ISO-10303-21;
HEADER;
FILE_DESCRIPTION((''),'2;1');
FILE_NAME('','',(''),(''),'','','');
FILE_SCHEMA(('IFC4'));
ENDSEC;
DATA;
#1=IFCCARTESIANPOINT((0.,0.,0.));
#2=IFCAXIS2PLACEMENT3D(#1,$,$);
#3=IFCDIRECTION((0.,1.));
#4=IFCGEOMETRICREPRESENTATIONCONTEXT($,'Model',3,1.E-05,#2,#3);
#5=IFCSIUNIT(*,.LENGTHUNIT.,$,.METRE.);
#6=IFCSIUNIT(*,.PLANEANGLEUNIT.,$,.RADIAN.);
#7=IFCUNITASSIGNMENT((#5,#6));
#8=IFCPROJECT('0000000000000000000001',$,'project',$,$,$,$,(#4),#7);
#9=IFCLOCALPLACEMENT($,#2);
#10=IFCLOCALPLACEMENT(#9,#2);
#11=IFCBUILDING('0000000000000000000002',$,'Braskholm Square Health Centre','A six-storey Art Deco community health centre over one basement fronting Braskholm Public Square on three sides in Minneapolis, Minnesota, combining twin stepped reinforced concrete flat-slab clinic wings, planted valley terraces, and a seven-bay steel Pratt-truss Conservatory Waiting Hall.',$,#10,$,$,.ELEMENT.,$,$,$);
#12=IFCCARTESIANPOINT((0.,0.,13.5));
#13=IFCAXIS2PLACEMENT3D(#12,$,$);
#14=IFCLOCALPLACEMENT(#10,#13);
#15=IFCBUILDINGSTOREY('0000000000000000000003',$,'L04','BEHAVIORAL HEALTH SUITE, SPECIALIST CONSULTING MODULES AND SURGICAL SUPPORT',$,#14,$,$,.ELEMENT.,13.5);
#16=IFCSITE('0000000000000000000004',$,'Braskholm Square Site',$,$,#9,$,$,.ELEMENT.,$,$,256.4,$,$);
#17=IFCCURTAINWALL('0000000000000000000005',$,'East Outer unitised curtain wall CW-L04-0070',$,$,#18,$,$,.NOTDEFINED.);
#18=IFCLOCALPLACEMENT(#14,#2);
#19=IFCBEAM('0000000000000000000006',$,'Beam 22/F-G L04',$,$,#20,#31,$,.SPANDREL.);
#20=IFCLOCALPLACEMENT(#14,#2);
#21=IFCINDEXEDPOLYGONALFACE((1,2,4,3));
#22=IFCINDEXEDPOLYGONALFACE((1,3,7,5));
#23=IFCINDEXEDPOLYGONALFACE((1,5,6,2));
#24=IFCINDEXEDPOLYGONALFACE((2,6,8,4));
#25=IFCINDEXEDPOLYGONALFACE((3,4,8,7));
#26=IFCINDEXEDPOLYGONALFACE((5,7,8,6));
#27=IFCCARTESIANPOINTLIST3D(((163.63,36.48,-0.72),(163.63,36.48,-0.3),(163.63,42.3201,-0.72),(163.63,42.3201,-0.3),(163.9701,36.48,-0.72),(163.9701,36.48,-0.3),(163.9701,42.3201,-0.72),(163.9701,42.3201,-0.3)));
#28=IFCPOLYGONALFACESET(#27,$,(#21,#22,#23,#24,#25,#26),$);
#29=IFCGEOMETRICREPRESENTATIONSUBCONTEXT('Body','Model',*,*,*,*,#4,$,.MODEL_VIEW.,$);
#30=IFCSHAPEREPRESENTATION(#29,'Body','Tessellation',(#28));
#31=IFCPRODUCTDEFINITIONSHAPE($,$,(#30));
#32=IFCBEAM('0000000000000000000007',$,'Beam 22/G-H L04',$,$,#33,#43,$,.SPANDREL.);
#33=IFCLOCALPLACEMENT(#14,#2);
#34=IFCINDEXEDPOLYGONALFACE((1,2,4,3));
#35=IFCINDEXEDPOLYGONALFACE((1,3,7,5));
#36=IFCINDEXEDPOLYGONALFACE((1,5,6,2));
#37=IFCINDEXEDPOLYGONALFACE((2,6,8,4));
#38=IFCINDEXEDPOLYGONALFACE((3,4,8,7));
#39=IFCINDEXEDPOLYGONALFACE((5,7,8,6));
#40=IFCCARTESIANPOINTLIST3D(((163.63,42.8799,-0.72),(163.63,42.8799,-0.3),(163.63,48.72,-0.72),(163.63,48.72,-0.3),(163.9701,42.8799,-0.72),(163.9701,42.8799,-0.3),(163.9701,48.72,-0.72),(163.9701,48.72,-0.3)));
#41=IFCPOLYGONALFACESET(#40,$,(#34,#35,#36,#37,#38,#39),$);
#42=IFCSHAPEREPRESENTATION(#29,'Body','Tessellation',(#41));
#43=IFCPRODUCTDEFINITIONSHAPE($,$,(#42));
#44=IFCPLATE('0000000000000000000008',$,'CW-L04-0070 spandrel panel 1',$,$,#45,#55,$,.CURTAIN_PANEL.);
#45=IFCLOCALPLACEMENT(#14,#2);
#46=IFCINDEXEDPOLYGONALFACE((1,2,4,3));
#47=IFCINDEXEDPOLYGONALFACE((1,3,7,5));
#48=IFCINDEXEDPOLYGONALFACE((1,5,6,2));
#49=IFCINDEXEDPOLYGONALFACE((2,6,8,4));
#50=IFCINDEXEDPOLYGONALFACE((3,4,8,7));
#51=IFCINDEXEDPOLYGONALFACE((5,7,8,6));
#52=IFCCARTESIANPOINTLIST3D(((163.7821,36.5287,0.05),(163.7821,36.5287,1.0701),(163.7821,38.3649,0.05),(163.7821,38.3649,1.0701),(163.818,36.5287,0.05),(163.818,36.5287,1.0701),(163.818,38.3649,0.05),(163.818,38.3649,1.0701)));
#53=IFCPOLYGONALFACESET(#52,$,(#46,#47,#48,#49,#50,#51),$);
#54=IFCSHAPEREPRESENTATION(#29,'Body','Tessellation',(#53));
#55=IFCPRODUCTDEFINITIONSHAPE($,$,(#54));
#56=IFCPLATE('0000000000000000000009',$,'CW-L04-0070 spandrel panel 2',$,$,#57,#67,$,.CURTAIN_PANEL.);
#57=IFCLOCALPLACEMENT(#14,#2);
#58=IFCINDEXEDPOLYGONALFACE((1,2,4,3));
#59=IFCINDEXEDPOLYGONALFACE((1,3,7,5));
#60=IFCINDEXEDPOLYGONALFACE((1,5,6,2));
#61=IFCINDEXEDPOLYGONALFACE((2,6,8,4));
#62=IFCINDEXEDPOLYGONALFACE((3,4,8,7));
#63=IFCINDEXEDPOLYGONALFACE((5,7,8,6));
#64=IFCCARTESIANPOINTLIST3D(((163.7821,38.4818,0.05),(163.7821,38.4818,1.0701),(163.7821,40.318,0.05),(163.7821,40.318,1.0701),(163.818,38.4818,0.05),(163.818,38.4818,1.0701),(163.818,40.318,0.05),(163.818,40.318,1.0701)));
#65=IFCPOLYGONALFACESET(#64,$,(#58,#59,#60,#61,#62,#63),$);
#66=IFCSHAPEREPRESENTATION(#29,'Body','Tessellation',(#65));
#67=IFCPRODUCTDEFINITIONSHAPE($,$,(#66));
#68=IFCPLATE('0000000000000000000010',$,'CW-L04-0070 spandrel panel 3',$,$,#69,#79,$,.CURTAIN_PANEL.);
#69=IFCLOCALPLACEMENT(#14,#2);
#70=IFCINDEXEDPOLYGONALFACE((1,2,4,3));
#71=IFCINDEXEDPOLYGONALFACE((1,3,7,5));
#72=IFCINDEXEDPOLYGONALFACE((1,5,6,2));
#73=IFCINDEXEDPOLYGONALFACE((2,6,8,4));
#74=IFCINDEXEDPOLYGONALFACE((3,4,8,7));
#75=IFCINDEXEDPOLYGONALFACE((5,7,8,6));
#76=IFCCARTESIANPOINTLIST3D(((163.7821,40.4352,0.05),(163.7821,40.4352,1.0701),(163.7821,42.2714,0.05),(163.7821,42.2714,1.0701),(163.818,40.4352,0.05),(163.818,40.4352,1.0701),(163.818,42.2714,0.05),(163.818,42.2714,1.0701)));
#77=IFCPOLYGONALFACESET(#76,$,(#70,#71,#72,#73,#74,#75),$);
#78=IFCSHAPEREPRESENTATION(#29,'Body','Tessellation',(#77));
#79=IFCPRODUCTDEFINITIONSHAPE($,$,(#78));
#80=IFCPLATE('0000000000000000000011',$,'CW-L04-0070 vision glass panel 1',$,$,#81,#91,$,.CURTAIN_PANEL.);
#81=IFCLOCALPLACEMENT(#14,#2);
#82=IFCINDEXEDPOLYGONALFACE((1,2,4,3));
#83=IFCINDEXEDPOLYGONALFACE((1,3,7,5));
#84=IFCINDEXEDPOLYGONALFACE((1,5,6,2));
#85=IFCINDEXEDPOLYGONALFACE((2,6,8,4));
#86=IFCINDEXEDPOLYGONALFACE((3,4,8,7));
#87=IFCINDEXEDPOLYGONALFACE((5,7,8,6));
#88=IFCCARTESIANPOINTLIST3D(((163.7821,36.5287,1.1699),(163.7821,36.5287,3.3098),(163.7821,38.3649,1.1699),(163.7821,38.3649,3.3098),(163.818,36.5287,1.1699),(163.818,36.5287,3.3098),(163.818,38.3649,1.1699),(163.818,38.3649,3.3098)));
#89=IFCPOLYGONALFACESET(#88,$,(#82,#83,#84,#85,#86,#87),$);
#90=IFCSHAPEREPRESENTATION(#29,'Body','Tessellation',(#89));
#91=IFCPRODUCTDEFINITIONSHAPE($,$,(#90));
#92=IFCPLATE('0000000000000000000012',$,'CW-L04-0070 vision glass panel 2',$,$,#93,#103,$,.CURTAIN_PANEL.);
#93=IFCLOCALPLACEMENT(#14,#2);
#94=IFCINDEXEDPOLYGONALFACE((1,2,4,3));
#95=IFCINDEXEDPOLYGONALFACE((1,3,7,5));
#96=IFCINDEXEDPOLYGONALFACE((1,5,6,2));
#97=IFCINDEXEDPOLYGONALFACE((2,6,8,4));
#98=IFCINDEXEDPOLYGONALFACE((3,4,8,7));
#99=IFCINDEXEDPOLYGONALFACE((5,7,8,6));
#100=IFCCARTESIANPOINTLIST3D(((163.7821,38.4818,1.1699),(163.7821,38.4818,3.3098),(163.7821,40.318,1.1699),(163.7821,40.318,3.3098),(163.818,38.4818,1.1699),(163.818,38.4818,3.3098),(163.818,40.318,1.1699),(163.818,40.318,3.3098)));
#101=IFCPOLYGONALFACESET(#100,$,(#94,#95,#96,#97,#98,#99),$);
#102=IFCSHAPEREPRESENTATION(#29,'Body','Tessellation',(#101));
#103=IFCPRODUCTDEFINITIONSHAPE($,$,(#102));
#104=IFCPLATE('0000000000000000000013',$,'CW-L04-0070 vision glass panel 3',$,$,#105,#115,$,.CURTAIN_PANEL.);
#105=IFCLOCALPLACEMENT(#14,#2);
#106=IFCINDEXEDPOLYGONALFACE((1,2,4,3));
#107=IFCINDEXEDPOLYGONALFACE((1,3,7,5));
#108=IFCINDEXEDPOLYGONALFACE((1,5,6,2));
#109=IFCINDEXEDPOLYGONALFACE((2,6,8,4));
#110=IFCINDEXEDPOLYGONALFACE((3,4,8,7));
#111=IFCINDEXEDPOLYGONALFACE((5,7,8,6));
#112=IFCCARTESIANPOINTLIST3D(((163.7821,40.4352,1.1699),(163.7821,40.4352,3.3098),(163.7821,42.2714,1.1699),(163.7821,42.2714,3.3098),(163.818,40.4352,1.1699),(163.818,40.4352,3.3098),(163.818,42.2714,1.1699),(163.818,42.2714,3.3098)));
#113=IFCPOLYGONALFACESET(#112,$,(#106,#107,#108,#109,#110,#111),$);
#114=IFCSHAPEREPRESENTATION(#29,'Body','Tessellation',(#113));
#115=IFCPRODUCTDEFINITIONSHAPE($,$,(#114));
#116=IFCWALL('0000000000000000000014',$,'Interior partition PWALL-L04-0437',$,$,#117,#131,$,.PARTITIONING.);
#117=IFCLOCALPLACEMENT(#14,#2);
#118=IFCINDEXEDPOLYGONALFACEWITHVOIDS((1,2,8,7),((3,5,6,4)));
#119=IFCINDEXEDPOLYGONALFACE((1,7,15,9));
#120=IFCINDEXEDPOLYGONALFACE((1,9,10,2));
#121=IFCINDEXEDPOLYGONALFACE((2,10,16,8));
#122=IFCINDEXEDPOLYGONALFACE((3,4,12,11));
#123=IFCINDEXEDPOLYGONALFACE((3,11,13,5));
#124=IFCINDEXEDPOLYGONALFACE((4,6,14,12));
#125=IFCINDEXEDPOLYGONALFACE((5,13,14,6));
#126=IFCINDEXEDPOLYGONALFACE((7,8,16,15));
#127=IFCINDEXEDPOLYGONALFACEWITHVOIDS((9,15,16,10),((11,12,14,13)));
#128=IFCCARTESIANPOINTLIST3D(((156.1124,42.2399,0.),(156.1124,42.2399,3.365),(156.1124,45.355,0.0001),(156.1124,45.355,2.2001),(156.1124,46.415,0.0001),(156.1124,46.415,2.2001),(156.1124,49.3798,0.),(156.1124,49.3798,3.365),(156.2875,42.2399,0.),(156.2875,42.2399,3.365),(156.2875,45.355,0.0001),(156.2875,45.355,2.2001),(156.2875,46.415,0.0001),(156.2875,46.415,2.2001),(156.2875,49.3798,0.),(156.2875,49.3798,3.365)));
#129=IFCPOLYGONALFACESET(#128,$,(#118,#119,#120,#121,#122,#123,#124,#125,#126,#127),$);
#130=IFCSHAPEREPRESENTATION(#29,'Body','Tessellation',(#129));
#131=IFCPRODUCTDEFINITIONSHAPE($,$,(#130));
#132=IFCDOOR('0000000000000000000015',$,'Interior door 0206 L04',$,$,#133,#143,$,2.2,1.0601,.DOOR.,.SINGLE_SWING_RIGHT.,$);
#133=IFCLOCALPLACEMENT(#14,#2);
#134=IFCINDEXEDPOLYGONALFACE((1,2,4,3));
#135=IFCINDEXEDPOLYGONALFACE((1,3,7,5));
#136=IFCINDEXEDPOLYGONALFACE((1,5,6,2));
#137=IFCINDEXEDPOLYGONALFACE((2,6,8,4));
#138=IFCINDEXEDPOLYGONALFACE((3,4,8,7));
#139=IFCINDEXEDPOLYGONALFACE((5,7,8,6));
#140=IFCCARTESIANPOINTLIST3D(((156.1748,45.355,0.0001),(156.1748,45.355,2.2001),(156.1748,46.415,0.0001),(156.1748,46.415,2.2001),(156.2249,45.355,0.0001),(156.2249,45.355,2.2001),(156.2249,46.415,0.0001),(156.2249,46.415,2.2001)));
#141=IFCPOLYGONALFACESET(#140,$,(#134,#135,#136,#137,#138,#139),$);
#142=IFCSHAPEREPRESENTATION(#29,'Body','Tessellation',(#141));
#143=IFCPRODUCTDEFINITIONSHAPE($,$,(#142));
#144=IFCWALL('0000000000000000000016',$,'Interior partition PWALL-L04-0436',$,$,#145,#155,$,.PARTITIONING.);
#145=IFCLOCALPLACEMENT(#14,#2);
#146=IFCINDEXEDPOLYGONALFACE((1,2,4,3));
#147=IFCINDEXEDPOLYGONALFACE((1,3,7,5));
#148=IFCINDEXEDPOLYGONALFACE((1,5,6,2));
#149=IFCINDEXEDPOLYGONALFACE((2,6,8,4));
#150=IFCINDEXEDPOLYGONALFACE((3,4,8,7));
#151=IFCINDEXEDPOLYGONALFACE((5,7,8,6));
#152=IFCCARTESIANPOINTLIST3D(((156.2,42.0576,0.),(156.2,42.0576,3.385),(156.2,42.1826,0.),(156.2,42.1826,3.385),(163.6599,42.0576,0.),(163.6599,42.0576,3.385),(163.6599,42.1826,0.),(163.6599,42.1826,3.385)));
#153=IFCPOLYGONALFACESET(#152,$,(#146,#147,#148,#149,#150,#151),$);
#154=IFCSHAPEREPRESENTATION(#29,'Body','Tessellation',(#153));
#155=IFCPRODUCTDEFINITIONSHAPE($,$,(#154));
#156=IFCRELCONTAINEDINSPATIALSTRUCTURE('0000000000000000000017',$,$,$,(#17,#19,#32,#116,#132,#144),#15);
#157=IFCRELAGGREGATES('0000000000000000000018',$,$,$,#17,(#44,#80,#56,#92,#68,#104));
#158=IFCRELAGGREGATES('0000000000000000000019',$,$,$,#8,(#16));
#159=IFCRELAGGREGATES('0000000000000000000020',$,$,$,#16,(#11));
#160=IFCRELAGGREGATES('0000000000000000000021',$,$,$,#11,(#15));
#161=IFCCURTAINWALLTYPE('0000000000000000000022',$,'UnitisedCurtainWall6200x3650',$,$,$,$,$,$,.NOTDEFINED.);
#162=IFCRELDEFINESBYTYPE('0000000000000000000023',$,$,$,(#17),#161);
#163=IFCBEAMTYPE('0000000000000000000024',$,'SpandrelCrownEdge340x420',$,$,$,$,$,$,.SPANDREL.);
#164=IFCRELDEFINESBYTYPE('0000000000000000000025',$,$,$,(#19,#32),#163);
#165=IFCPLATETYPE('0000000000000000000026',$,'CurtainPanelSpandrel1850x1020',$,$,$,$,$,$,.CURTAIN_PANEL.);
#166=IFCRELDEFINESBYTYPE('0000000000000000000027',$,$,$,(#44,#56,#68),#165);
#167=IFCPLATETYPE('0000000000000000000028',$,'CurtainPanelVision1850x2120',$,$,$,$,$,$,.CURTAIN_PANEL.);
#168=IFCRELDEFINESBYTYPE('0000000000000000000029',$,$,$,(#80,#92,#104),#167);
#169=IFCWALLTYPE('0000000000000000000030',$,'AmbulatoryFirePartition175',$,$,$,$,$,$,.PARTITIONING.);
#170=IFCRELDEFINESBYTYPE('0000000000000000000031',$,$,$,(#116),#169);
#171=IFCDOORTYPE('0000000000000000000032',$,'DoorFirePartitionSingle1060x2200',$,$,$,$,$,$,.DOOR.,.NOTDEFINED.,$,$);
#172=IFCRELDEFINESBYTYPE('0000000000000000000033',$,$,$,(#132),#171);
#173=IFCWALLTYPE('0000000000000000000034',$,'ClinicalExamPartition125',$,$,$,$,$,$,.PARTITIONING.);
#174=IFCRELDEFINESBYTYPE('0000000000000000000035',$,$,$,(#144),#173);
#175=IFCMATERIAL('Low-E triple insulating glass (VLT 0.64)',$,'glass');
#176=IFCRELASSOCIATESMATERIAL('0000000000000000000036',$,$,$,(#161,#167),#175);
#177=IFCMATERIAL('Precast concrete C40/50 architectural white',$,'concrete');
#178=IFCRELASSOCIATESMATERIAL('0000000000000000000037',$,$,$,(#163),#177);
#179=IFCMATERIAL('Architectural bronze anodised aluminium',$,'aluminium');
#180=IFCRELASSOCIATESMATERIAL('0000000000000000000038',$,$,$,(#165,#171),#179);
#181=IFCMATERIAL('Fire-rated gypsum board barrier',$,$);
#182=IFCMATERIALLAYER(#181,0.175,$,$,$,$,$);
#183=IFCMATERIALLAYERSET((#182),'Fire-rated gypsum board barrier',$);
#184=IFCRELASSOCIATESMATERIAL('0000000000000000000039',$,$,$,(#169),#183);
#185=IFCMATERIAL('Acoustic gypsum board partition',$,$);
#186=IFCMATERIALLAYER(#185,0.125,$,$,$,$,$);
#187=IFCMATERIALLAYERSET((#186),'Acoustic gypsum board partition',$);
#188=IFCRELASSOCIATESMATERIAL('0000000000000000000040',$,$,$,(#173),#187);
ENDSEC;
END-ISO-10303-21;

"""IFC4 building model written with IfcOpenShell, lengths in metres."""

from ifc_helpers import new_model, si_unit, direction, frame, frame_2d, origin, origin_2d, place, context, subcontext, project, spatial, rectangle, extrude, material, layer, layer_set, material_profile, profile_set, type_object, element, fill, aggregate, save


model = new_model("IFC4")

# Units and contexts
model_context = context("Model", 3, precision=1e-05, world=origin(), true_north=direction((0.0, 1.0)))
body_context = subcontext(model_context, "Body", "Model", "MODEL_VIEW")
ifc_project = project(units=[si_unit("LENGTHUNIT", "METRE"), si_unit("PLANEANGLEUNIT", "RADIAN")], contexts=[model_context])

# Site, building, storey
site_placement = place(None, origin())
site = spatial("IfcSite", under=ifc_project, at=site_placement, Name="Braskholm Square Site", CompositionType="ELEMENT", RefElevation=256.4)
building_placement = place(site_placement, origin())
building = spatial("IfcBuilding", under=site, at=building_placement, Name="Braskholm Square Health Centre", Description="A six-storey Art Deco community health centre over one basement fronting Braskholm Public Square on three sides in Minneapolis, Minnesota, combining twin stepped reinforced concrete flat-slab clinic wings, planted valley terraces, and a seven-bay steel Pratt-truss Conservatory Waiting Hall.", CompositionType="ELEMENT")
storey_placement = place(building_placement, frame((0.0, 0.0, 13.5)))
storey = spatial("IfcBuildingStorey", under=building, at=storey_placement, Name="L04", Description="BEHAVIORAL HEALTH SUITE, SPECIALIST CONSULTING MODULES AND SURGICAL SUPPORT", CompositionType="ELEMENT", Elevation=13.5)

# Shared definitions
ifc_material_1 = material(Name="Precast concrete C40/50 architectural white", Category="concrete")

# Curtain wall
ifc_material_2 = material(Name="Low-E triple insulating glass (VLT 0.64)", Category="glass")
curtain_wall_type_1 = type_object("IfcCurtainWallType", Name="UnitisedCurtainWall6200x3650", PredefinedType="NOTDEFINED", material=ifc_material_2)
curtain_wall_1_placement = place(storey_placement, origin())
curtain_wall_1 = element("IfcCurtainWall", 1, at=curtain_wall_1_placement, inside=storey, type_object=curtain_wall_type_1, Name="East Outer unitised curtain wall CW-L04-0070", PredefinedType="NOTDEFINED")
ifc_material_3 = material(Name="Architectural bronze anodised aluminium", Category="aluminium")

# Beams
ifc_material_profile_1 = material_profile(ifc_material_1, rectangle(XDim=0.3401, YDim=0.4199, at=origin_2d()), Name="RCB-340X420")
ifc_profile_set_1 = profile_set([ifc_material_profile_1], Name="Precast concrete C40/50 architectural white")
beam_type_1 = type_object("IfcBeamType", Name="SpandrelCrownEdge340x420", PredefinedType="SPANDREL", material=ifc_profile_set_1)
for number, where, z_axis, x_axis, name in (
    (2, (163.8, 36.48, -0.51), (0.0, 1.0, 0.0), (-1.0, 0.0, 0.0), "Beam 22/F-G L04"),
    (3, (163.8, 42.8799, -0.51), (0.0, 1.0, 0.0), (-1.0, 0.0, 0.0), "Beam 22/G-H L04"),
):
    element("IfcBeam", number, at=place(storey_placement, frame(where, z_axis=z_axis, x_axis=x_axis)), inside=storey, type_object=beam_type_1, Name=name, PredefinedType="SPANDREL", context=body_context, shape_type="SweptSolid", body=[
        extrude(rectangle(XDim=0.3401, YDim=0.4199, at=origin_2d()), origin(), (0.0, 0.0, 1.0), 5.8401),
    ])

# Plates
plate_type_1 = type_object("IfcPlateType", Name="CurtainPanelSpandrel1850x1020", PredefinedType="CURTAIN_PANEL", material=ifc_material_3)
plate_1_placement = place(storey_placement, frame((163.8, 37.4468, 0.05), z_axis=(0.0, 0.0, 1.0), x_axis=(0.0, 1.0, 0.0)))
plate_1 = element("IfcPlate", 4, at=plate_1_placement, type_object=plate_type_1, Name="CW-L04-0070 spandrel panel 1", PredefinedType="CURTAIN_PANEL", context=body_context, shape_type="SweptSolid", body=[
    extrude(rectangle(XDim=1.8362, YDim=0.0359, at=origin_2d()), origin(), (0.0, 0.0, 1.0), 1.02),
])
plate_2_placement = place(storey_placement, frame((163.8, 39.3999, 0.05), z_axis=(0.0, 0.0, 1.0), x_axis=(0.0, 1.0, 0.0)))
plate_2 = element("IfcPlate", 5, at=plate_2_placement, type_object=plate_type_1, Name="CW-L04-0070 spandrel panel 2", PredefinedType="CURTAIN_PANEL", context=body_context, shape_type="SweptSolid", body=[
    extrude(rectangle(XDim=1.8362, YDim=0.0359, at=origin_2d()), origin(), (0.0, 0.0, 1.0), 1.02),
])
plate_3_placement = place(storey_placement, frame((163.8, 41.3533, 0.05), z_axis=(0.0, 0.0, 1.0), x_axis=(0.0, 1.0, 0.0)))
plate_3 = element("IfcPlate", 6, at=plate_3_placement, type_object=plate_type_1, Name="CW-L04-0070 spandrel panel 3", PredefinedType="CURTAIN_PANEL", context=body_context, shape_type="SweptSolid", body=[
    extrude(rectangle(XDim=1.8362, YDim=0.0359, at=origin_2d()), origin(), (0.0, 0.0, 1.0), 1.02),
])
plate_type_2 = type_object("IfcPlateType", Name="CurtainPanelVision1850x2120", PredefinedType="CURTAIN_PANEL", material=ifc_material_2)
plate_4_placement = place(storey_placement, frame((163.8, 37.4468, 1.1699), z_axis=(0.0, 0.0, 1.0), x_axis=(0.0, 1.0, 0.0)))
plate_4 = element("IfcPlate", 7, at=plate_4_placement, type_object=plate_type_2, Name="CW-L04-0070 vision glass panel 1", PredefinedType="CURTAIN_PANEL", context=body_context, shape_type="SweptSolid", body=[
    extrude(rectangle(XDim=1.8362, YDim=0.0359, at=origin_2d()), origin(), (0.0, 0.0, 1.0), 2.1399),
])
plate_5_placement = place(storey_placement, frame((163.8, 39.3999, 1.1699), z_axis=(0.0, 0.0, 1.0), x_axis=(0.0, 1.0, 0.0)))
plate_5 = element("IfcPlate", 8, at=plate_5_placement, type_object=plate_type_2, Name="CW-L04-0070 vision glass panel 2", PredefinedType="CURTAIN_PANEL", context=body_context, shape_type="SweptSolid", body=[
    extrude(rectangle(XDim=1.8362, YDim=0.0359, at=origin_2d()), origin(), (0.0, 0.0, 1.0), 2.1399),
])
plate_6_placement = place(storey_placement, frame((163.8, 41.3533, 1.1699), z_axis=(0.0, 0.0, 1.0), x_axis=(0.0, 1.0, 0.0)))
plate_6 = element("IfcPlate", 9, at=plate_6_placement, type_object=plate_type_2, Name="CW-L04-0070 vision glass panel 3", PredefinedType="CURTAIN_PANEL", context=body_context, shape_type="SweptSolid", body=[
    extrude(rectangle(XDim=1.8362, YDim=0.0359, at=origin_2d()), origin(), (0.0, 0.0, 1.0), 2.1399),
])
aggregate(curtain_wall_1, [plate_1, plate_4, plate_2, plate_5, plate_3, plate_6])

# Wall, opening, door
ifc_material_4 = material(Name="Fire-rated gypsum board barrier")
ifc_layer_1 = layer(ifc_material_4, 0.175)
ifc_layer_set_1 = layer_set([ifc_layer_1], Name="Fire-rated gypsum board barrier")
wall_type_1 = type_object("IfcWallType", Name="AmbulatoryFirePartition175", PredefinedType="PARTITIONING", material=ifc_layer_set_1)
wall_1_placement = place(storey_placement, frame((156.2, 42.24, 0.0), z_axis=(0.0, 0.0, 1.0), x_axis=(0.0, 1.0, 0.0)))
wall_1 = element("IfcWall", 10, at=wall_1_placement, inside=storey, type_object=wall_type_1, Name="Interior partition PWALL-L04-0437", PredefinedType="PARTITIONING", context=body_context, shape_type="SweptSolid", body=[
    extrude(rectangle(XDim=7.1399, YDim=0.175, at=frame_2d((3.5698, 0.0))), origin(), (0.0, 0.0, 1.0), 3.365),
])
opening_1_placement = place(wall_1_placement, frame((3.115, 0.0, 0.0)))
opening_1 = element("IfcOpeningElement", 11, at=opening_1_placement, cuts=wall_1, PredefinedType="OPENING", context=body_context, shape_type="SweptSolid", body=[
    extrude(rectangle(XDim=1.0601, YDim=2.2, at=frame_2d((0.53, 1.1001))), frame((0.0, 0.0977, 0.0), z_axis=(0.0, -1.0, 0.0), x_axis=(1.0, 0.0, 0.0)), (0.0, 0.0, 1.0), 0.1951),
])
door_type = type_object("IfcDoorType", Name="DoorFirePartitionSingle1060x2200", OperationType="NOTDEFINED", PredefinedType="DOOR", material=ifc_material_3)
door_placement = place(opening_1_placement, frame((1.0601, 0.0, 0.0), z_axis=(0.0, 0.0, 1.0), x_axis=(-1.0, 0.0, 0.0)))
door = element("IfcDoor", 12, at=door_placement, inside=storey, type_object=door_type, Name="Interior door 0206 L04", OperationType="SINGLE_SWING_RIGHT", OverallHeight=2.2, OverallWidth=1.0601, PredefinedType="DOOR", context=body_context, shape_type="SweptSolid", body=[
    extrude(rectangle(XDim=1.0601, YDim=2.2, at=frame_2d((0.53, 1.1001))), frame((0.0, 0.0249, 0.0), z_axis=(0.0, -1.0, 0.0), x_axis=(1.0, 0.0, 0.0)), (0.0, 0.0, 1.0), 0.05),
])
fill(opening_1, door)

# Wall
ifc_material_5 = material(Name="Acoustic gypsum board partition")
ifc_layer_2 = layer(ifc_material_5, 0.125)
ifc_layer_set_2 = layer_set([ifc_layer_2], Name="Acoustic gypsum board partition")
wall_type_2 = type_object("IfcWallType", Name="ClinicalExamPartition125", PredefinedType="PARTITIONING", material=ifc_layer_set_2)
wall_2_placement = place(storey_placement, frame((156.2, 42.1201, 0.0), z_axis=(0.0, 0.0, 1.0), x_axis=(1.0, 0.0, 0.0)))
element("IfcWall", 13, at=wall_2_placement, inside=storey, type_object=wall_type_2, Name="Interior partition PWALL-L04-0436", PredefinedType="PARTITIONING", context=body_context, shape_type="SweptSolid", body=[
    extrude(rectangle(XDim=7.46, YDim=0.125, at=frame_2d((3.73, 0.0))), origin(), (0.0, 0.0, 1.0), 3.385),
])

save(model, "model.ifc")
